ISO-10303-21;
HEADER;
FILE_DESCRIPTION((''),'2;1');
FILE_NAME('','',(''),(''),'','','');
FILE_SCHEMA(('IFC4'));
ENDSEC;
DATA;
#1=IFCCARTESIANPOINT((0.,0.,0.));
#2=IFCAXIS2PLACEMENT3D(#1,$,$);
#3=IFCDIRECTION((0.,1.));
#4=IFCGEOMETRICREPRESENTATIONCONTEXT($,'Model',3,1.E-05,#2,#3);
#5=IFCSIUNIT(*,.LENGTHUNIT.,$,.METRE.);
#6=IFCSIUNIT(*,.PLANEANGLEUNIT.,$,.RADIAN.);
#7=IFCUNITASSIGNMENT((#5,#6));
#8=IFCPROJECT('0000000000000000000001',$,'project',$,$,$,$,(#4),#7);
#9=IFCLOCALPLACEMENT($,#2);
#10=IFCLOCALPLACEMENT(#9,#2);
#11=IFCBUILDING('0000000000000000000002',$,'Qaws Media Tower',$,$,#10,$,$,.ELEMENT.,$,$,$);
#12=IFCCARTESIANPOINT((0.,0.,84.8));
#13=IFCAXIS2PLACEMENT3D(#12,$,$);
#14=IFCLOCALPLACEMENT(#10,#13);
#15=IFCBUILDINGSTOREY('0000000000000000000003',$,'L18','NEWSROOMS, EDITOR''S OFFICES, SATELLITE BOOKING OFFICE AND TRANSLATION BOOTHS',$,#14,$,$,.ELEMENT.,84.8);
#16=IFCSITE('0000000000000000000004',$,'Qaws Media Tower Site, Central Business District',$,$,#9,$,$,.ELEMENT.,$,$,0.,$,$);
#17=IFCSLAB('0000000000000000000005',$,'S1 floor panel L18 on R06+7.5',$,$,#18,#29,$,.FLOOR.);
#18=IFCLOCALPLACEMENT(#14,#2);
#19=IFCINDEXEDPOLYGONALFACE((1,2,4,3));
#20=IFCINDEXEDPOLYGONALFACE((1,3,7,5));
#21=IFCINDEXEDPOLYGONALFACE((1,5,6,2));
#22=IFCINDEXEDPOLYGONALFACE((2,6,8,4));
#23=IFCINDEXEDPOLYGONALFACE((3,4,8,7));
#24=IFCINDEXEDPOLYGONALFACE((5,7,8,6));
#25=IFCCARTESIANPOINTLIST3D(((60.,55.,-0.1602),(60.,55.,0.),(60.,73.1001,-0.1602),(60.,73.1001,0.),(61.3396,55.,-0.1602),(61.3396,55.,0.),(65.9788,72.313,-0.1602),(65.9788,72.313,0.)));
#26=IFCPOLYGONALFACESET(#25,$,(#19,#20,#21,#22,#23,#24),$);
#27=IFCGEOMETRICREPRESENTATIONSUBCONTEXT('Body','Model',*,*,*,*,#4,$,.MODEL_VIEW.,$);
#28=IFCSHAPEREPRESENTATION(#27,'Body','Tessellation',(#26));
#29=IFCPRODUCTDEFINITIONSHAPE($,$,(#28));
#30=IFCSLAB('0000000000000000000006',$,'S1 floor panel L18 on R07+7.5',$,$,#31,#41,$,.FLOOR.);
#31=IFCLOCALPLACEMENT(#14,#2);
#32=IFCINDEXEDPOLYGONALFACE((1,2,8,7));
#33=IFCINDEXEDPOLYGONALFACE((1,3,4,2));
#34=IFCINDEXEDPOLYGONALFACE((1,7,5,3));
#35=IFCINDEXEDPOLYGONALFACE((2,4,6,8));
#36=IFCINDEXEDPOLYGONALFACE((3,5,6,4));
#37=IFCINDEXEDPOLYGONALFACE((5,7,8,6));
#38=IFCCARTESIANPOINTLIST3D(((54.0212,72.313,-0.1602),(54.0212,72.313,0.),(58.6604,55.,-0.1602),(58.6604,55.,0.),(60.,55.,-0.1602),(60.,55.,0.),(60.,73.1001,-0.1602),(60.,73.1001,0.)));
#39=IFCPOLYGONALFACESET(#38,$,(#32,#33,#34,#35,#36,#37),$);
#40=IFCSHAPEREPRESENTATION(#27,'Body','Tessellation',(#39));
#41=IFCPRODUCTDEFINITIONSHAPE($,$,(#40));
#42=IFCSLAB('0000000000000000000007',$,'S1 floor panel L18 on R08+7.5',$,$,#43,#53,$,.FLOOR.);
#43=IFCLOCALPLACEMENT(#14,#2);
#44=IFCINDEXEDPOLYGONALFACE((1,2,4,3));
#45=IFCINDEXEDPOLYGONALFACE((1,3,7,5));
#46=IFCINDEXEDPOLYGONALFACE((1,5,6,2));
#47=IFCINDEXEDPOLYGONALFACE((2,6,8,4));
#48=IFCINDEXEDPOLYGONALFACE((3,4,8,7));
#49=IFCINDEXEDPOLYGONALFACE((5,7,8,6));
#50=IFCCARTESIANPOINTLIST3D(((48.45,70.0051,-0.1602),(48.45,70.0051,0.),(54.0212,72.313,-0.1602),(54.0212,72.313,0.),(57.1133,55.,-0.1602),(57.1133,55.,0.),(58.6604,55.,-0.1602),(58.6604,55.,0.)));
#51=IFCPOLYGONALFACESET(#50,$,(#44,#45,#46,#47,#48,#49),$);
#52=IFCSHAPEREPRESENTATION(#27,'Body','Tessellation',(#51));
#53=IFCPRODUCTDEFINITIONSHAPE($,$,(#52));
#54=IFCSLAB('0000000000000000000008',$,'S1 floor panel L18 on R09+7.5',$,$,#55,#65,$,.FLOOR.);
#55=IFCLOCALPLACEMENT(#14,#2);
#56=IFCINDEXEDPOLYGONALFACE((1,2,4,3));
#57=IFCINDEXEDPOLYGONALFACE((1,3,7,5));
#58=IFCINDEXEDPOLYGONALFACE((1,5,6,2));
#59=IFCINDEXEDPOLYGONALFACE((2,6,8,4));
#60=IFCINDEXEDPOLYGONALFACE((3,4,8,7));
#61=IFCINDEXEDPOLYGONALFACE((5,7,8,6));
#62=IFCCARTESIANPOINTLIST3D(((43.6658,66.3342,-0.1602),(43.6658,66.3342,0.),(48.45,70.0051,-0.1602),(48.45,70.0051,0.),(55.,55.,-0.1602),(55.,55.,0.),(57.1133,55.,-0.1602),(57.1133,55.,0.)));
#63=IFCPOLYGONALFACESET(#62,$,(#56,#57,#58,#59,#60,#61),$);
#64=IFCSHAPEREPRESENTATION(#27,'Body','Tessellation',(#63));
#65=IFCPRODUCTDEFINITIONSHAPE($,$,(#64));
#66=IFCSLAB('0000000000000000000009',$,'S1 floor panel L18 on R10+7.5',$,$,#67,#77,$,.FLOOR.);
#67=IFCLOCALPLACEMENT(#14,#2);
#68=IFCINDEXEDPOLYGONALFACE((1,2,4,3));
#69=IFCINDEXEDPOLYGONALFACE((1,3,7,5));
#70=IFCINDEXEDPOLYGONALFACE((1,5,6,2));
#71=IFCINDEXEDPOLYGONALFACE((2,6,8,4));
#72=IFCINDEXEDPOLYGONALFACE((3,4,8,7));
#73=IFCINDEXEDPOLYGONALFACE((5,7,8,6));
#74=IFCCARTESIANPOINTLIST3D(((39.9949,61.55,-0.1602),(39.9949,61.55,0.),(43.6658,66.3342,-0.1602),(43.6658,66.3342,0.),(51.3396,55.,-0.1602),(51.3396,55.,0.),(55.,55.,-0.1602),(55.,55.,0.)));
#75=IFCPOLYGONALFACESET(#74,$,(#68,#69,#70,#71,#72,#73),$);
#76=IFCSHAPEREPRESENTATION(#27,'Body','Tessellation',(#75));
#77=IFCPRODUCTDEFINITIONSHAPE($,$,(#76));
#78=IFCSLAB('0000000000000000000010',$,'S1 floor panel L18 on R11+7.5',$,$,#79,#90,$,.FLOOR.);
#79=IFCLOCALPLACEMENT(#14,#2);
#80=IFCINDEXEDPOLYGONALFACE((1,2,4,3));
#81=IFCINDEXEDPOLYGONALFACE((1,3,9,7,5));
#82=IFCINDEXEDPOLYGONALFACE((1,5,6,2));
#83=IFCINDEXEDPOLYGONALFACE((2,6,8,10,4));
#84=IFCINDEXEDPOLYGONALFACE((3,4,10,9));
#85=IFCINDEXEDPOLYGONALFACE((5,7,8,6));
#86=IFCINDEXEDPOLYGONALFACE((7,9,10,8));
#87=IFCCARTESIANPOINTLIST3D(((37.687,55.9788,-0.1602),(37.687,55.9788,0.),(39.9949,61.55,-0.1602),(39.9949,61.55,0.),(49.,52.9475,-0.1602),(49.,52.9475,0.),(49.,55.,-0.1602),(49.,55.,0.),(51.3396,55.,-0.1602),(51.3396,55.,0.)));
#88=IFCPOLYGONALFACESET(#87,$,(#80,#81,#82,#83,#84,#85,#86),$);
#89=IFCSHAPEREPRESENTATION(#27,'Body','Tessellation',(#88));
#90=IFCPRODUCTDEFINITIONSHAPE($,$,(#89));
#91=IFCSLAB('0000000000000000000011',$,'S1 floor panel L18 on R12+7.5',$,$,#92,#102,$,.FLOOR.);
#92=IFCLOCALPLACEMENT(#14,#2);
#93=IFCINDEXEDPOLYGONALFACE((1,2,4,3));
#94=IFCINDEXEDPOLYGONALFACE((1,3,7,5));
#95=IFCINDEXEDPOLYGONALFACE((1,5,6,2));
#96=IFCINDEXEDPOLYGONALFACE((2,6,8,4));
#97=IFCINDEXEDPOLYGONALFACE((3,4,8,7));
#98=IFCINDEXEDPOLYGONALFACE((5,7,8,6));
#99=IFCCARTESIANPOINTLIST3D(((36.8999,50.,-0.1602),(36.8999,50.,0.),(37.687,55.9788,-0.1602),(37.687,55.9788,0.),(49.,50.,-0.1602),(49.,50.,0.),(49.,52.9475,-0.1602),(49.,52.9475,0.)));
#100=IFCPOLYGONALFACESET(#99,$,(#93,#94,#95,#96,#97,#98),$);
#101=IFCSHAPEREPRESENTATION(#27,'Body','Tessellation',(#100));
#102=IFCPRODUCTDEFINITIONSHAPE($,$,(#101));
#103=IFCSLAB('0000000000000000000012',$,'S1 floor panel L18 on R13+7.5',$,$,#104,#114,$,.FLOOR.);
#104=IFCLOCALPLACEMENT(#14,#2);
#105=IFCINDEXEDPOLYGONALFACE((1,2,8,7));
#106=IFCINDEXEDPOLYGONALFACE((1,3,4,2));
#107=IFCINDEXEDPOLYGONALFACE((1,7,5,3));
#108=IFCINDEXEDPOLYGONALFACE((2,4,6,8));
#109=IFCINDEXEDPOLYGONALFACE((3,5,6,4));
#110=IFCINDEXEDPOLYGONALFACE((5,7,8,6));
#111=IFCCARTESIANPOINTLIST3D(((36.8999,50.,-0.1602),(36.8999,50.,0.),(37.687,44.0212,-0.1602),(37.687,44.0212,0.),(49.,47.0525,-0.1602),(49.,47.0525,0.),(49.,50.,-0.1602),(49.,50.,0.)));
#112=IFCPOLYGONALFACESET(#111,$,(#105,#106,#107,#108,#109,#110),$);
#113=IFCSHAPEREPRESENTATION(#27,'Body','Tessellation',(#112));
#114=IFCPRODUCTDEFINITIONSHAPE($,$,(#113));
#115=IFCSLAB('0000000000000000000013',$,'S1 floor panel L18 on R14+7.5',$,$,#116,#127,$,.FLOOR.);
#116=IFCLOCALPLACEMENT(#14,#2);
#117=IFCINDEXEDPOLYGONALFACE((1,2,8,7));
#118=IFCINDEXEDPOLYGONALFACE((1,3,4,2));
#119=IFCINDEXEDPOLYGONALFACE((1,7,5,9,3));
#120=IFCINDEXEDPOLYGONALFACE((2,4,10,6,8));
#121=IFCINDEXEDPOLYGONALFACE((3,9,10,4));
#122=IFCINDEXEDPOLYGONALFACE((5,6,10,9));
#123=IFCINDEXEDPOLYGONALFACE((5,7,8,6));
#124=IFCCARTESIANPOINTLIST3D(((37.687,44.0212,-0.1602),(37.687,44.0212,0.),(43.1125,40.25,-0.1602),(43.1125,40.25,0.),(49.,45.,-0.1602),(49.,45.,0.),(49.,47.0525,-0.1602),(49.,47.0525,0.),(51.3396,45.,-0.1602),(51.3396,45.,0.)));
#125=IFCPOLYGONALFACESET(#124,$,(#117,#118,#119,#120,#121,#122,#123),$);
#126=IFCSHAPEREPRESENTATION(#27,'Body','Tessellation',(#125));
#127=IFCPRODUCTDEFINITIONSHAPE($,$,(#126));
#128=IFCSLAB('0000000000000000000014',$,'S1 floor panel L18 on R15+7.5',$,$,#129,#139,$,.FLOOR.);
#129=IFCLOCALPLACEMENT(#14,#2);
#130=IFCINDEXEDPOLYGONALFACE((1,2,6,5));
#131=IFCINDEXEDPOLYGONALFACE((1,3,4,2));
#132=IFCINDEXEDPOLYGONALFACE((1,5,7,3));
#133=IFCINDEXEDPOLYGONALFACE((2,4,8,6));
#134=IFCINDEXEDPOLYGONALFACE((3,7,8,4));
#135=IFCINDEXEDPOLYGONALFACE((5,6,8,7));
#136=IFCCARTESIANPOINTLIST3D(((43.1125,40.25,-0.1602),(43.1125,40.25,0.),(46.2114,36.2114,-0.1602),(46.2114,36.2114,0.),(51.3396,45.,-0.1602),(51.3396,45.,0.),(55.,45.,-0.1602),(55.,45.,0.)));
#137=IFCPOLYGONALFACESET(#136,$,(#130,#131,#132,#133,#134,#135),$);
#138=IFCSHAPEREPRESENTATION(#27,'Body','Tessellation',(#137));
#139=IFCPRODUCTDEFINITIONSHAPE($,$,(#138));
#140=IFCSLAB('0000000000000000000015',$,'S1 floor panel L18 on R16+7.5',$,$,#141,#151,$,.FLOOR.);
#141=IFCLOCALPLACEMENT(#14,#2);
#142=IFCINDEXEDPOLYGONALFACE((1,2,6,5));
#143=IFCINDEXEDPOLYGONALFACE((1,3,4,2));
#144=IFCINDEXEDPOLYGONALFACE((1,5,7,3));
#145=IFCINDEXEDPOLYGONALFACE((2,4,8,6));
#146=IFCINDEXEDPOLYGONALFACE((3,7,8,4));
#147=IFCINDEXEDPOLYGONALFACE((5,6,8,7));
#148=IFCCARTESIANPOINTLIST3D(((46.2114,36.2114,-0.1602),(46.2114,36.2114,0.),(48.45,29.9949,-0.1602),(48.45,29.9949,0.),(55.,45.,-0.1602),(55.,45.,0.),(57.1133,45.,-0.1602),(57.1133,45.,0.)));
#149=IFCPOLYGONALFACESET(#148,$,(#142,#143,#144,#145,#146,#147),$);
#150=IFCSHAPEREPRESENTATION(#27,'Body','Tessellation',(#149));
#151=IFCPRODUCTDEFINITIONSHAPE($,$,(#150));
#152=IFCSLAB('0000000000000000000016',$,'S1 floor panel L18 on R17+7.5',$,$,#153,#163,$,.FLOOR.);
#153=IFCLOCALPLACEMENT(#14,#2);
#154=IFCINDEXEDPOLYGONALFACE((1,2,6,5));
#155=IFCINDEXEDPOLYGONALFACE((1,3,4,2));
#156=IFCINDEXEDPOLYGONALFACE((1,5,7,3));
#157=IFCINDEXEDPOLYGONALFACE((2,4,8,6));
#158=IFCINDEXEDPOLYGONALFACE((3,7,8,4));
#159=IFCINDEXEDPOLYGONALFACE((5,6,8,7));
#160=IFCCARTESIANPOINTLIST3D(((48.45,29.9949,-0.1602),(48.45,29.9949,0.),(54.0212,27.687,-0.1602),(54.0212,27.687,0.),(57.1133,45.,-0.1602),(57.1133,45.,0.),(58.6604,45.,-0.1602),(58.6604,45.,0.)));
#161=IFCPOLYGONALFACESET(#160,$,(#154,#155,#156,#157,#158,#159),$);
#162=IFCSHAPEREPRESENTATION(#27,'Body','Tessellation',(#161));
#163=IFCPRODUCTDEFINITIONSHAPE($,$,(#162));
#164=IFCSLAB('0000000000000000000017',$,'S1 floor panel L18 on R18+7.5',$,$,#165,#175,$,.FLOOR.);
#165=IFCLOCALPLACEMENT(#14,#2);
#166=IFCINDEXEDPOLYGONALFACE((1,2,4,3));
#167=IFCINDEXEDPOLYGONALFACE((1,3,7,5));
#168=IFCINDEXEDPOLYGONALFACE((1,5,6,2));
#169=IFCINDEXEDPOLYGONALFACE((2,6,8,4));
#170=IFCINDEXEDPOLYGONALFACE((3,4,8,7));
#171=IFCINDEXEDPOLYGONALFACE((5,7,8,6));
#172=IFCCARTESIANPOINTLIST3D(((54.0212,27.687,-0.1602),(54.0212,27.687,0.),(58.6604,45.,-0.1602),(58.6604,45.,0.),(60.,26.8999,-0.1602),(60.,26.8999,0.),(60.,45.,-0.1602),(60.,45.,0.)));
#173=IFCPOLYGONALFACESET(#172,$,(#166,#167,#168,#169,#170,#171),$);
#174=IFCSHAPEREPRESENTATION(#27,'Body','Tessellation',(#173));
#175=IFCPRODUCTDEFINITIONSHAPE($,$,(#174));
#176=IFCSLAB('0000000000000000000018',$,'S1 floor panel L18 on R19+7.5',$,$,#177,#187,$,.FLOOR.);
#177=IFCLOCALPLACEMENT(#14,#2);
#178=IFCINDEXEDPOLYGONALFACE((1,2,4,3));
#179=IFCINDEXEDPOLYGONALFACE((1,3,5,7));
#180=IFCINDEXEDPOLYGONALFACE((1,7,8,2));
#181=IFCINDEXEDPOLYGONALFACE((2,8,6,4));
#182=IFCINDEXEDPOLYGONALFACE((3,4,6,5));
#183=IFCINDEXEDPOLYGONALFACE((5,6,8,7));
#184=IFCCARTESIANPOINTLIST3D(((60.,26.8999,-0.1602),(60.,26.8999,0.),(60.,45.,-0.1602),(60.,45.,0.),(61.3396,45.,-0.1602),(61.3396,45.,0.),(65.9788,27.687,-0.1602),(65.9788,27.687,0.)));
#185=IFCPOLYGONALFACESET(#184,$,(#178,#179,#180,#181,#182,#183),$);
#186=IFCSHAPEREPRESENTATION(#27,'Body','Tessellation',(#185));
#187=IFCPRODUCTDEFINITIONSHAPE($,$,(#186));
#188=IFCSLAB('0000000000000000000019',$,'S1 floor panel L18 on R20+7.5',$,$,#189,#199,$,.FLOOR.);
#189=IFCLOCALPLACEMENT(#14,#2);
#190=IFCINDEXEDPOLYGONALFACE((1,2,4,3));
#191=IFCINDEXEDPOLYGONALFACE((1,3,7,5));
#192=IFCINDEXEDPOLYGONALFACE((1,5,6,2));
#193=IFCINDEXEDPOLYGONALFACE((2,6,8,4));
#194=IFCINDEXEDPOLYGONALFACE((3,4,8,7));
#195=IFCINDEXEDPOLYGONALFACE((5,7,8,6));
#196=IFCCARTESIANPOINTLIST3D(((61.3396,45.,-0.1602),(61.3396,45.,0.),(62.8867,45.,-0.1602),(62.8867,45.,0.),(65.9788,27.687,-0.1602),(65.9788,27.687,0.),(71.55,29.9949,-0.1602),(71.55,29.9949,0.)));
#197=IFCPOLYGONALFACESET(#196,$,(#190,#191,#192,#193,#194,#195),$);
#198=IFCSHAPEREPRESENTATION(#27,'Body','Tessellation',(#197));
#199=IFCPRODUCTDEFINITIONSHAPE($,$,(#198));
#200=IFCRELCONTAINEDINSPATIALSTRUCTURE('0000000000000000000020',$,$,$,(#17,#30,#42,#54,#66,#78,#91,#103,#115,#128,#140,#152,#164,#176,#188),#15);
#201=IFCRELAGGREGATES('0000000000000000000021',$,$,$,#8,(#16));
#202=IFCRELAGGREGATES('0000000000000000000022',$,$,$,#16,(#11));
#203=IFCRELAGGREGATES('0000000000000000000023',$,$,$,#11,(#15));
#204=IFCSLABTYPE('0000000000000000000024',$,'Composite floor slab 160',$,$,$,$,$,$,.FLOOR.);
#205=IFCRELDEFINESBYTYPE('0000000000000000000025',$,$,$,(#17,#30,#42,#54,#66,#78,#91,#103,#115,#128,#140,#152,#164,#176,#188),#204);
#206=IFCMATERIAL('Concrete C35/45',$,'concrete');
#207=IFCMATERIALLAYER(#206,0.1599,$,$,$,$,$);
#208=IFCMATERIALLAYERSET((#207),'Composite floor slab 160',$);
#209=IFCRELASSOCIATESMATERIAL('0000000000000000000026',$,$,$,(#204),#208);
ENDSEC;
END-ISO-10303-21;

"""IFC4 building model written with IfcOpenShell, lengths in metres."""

from ifc_helpers import new_model, si_unit, direction, frame, origin, place, context, subcontext, project, spatial, polyline, outline, extrude, material, layer, layer_set, type_object, element, save


model = new_model("IFC4")

# Units and contexts
model_context = context("Model", 3, precision=1e-05, world=origin(), true_north=direction((0.0, 1.0)))
body_context = subcontext(model_context, "Body", "Model", "MODEL_VIEW")
ifc_project = project(units=[si_unit("LENGTHUNIT", "METRE"), si_unit("PLANEANGLEUNIT", "RADIAN")], contexts=[model_context])

# Site, building, storey
site_placement = place(None, origin())
site = spatial("IfcSite", under=ifc_project, at=site_placement, Name="Qaws Media Tower Site, Central Business District", CompositionType="ELEMENT", RefElevation=0.0)
building_placement = place(site_placement, origin())
building = spatial("IfcBuilding", under=site, at=building_placement, Name="Qaws Media Tower", CompositionType="ELEMENT")
storey_placement = place(building_placement, frame((0.0, 0.0, 84.8)))
storey = spatial("IfcBuildingStorey", under=building, at=storey_placement, Name="L18", Description="NEWSROOMS, EDITOR'S OFFICES, SATELLITE BOOKING OFFICE AND TRANSLATION BOOTHS", CompositionType="ELEMENT", Elevation=84.8)

# Slabs
ifc_material_1 = material(Name="Concrete C35/45", Category="concrete")
ifc_layer_1 = layer(ifc_material_1, 0.1599)
ifc_layer_set_1 = layer_set([ifc_layer_1], Name="Composite floor slab 160")
slab_type_1 = type_object("IfcSlabType", Name="Composite floor slab 160", PredefinedType="FLOOR", material=ifc_layer_set_1)
slab_1_placement = place(storey_placement, frame((0.0, 0.0, -0.1602)))
element("IfcSlab", 1, at=slab_1_placement, inside=storey, type_object=slab_type_1, Name="S1 floor panel L18 on R06+7.5", PredefinedType="FLOOR", context=body_context, shape_type="SweptSolid", body=[
    extrude(outline(polyline([(65.9788, 72.313), (61.3396, 55.0), (60.0, 55.0), (60.0, 73.1001), (65.9788, 72.313)])), origin(), (0.0, 0.0, 1.0), 0.1602),
])
slab_2_placement = place(storey_placement, frame((0.0, 0.0, -0.1602)))
element("IfcSlab", 2, at=slab_2_placement, inside=storey, type_object=slab_type_1, Name="S1 floor panel L18 on R07+7.5", PredefinedType="FLOOR", context=body_context, shape_type="SweptSolid", body=[
    extrude(outline(polyline([(54.0212, 72.313), (60.0, 73.1001), (60.0, 55.0), (58.6604, 55.0), (54.0212, 72.313)])), origin(), (0.0, 0.0, 1.0), 0.1602),
])
slab_3_placement = place(storey_placement, frame((0.0, 0.0, -0.1602)))
element("IfcSlab", 3, at=slab_3_placement, inside=storey, type_object=slab_type_1, Name="S1 floor panel L18 on R08+7.5", PredefinedType="FLOOR", context=body_context, shape_type="SweptSolid", body=[
    extrude(outline(polyline([(48.45, 70.0051), (54.0212, 72.313), (58.6604, 55.0), (57.1133, 55.0), (48.45, 70.0051)])), origin(), (0.0, 0.0, 1.0), 0.1602),
])
slab_4_placement = place(storey_placement, frame((0.0, 0.0, -0.1602)))
element("IfcSlab", 4, at=slab_4_placement, inside=storey, type_object=slab_type_1, Name="S1 floor panel L18 on R09+7.5", PredefinedType="FLOOR", context=body_context, shape_type="SweptSolid", body=[
    extrude(outline(polyline([(48.45, 70.0051), (57.1133, 55.0), (55.0, 55.0), (43.6658, 66.3342), (48.45, 70.0051)])), origin(), (0.0, 0.0, 1.0), 0.1602),
])
slab_5_placement = place(storey_placement, frame((0.0, 0.0, -0.1602)))
element("IfcSlab", 5, at=slab_5_placement, inside=storey, type_object=slab_type_1, Name="S1 floor panel L18 on R10+7.5", PredefinedType="FLOOR", context=body_context, shape_type="SweptSolid", body=[
    extrude(outline(polyline([(39.9949, 61.55), (43.6658, 66.3342), (55.0, 55.0), (51.3396, 55.0), (39.9949, 61.55)])), origin(), (0.0, 0.0, 1.0), 0.1602),
])
slab_6_placement = place(storey_placement, frame((0.0, 0.0, -0.1602)))
element("IfcSlab", 6, at=slab_6_placement, inside=storey, type_object=slab_type_1, Name="S1 floor panel L18 on R11+7.5", PredefinedType="FLOOR", context=body_context, shape_type="SweptSolid", body=[
    extrude(outline(polyline([(37.687, 55.9788), (39.9949, 61.55), (51.3396, 55.0), (49.0, 55.0), (49.0, 52.9475), (37.687, 55.9788)])), origin(), (0.0, 0.0, 1.0), 0.1602),
])
slab_7_placement = place(storey_placement, frame((0.0, 0.0, -0.1602)))
element("IfcSlab", 7, at=slab_7_placement, inside=storey, type_object=slab_type_1, Name="S1 floor panel L18 on R12+7.5", PredefinedType="FLOOR", context=body_context, shape_type="SweptSolid", body=[
    extrude(outline(polyline([(37.687, 55.9788), (49.0, 52.9475), (49.0, 50.0), (36.8999, 50.0), (37.687, 55.9788)])), origin(), (0.0, 0.0, 1.0), 0.1602),
])
slab_8_placement = place(storey_placement, frame((0.0, 0.0, -0.1602)))
element("IfcSlab", 8, at=slab_8_placement, inside=storey, type_object=slab_type_1, Name="S1 floor panel L18 on R13+7.5", PredefinedType="FLOOR", context=body_context, shape_type="SweptSolid", body=[
    extrude(outline(polyline([(37.687, 44.0212), (36.8999, 50.0), (49.0, 50.0), (49.0, 47.0525), (37.687, 44.0212)])), origin(), (0.0, 0.0, 1.0), 0.1602),
])
slab_9_placement = place(storey_placement, frame((0.0, 0.0, -0.1602)))
element("IfcSlab", 9, at=slab_9_placement, inside=storey, type_object=slab_type_1, Name="S1 floor panel L18 on R14+7.5", PredefinedType="FLOOR", context=body_context, shape_type="SweptSolid", body=[
    extrude(outline(polyline([(37.687, 44.0212), (49.0, 47.0525), (49.0, 45.0), (51.3396, 45.0), (43.1125, 40.25), (37.687, 44.0212)])), origin(), (0.0, 0.0, 1.0), 0.1602),
])
slab_10_placement = place(storey_placement, frame((0.0, 0.0, -0.1602)))
element("IfcSlab", 10, at=slab_10_placement, inside=storey, type_object=slab_type_1, Name="S1 floor panel L18 on R15+7.5", PredefinedType="FLOOR", context=body_context, shape_type="SweptSolid", body=[
    extrude(outline(polyline([(43.1125, 40.25), (51.3396, 45.0), (55.0, 45.0), (46.2114, 36.2114), (43.1125, 40.25)])), origin(), (0.0, 0.0, 1.0), 0.1602),
])
slab_11_placement = place(storey_placement, frame((0.0, 0.0, -0.1602)))
element("IfcSlab", 11, at=slab_11_placement, inside=storey, type_object=slab_type_1, Name="S1 floor panel L18 on R16+7.5", PredefinedType="FLOOR", context=body_context, shape_type="SweptSolid", body=[
    extrude(outline(polyline([(46.2114, 36.2114), (55.0, 45.0), (57.1133, 45.0), (48.45, 29.9949), (46.2114, 36.2114)])), origin(), (0.0, 0.0, 1.0), 0.1602),
])
slab_12_placement = place(storey_placement, frame((0.0, 0.0, -0.1602)))
element("IfcSlab", 12, at=slab_12_placement, inside=storey, type_object=slab_type_1, Name="S1 floor panel L18 on R17+7.5", PredefinedType="FLOOR", context=body_context, shape_type="SweptSolid", body=[
    extrude(outline(polyline([(48.45, 29.9949), (57.1133, 45.0), (58.6604, 45.0), (54.0212, 27.687), (48.45, 29.9949)])), origin(), (0.0, 0.0, 1.0), 0.1602),
])
slab_13_placement = place(storey_placement, frame((0.0, 0.0, -0.1602)))
element("IfcSlab", 13, at=slab_13_placement, inside=storey, type_object=slab_type_1, Name="S1 floor panel L18 on R18+7.5", PredefinedType="FLOOR", context=body_context, shape_type="SweptSolid", body=[
    extrude(outline(polyline([(54.0212, 27.687), (58.6604, 45.0), (60.0, 45.0), (60.0, 26.8999), (54.0212, 27.687)])), origin(), (0.0, 0.0, 1.0), 0.1602),
])
slab_14_placement = place(storey_placement, frame((0.0, 0.0, -0.1602)))
element("IfcSlab", 14, at=slab_14_placement, inside=storey, type_object=slab_type_1, Name="S1 floor panel L18 on R19+7.5", PredefinedType="FLOOR", context=body_context, shape_type="SweptSolid", body=[
    extrude(outline(polyline([(65.9788, 27.687), (60.0, 26.8999), (60.0, 45.0), (61.3396, 45.0), (65.9788, 27.687)])), origin(), (0.0, 0.0, 1.0), 0.1602),
])
slab_15_placement = place(storey_placement, frame((0.0, 0.0, -0.1602)))
element("IfcSlab", 15, at=slab_15_placement, inside=storey, type_object=slab_type_1, Name="S1 floor panel L18 on R20+7.5", PredefinedType="FLOOR", context=body_context, shape_type="SweptSolid", body=[
    extrude(outline(polyline([(71.55, 29.9949), (65.9788, 27.687), (61.3396, 45.0), (62.8867, 45.0), (71.55, 29.9949)])), origin(), (0.0, 0.0, 1.0), 0.1602),
])

save(model, "model.ifc")
